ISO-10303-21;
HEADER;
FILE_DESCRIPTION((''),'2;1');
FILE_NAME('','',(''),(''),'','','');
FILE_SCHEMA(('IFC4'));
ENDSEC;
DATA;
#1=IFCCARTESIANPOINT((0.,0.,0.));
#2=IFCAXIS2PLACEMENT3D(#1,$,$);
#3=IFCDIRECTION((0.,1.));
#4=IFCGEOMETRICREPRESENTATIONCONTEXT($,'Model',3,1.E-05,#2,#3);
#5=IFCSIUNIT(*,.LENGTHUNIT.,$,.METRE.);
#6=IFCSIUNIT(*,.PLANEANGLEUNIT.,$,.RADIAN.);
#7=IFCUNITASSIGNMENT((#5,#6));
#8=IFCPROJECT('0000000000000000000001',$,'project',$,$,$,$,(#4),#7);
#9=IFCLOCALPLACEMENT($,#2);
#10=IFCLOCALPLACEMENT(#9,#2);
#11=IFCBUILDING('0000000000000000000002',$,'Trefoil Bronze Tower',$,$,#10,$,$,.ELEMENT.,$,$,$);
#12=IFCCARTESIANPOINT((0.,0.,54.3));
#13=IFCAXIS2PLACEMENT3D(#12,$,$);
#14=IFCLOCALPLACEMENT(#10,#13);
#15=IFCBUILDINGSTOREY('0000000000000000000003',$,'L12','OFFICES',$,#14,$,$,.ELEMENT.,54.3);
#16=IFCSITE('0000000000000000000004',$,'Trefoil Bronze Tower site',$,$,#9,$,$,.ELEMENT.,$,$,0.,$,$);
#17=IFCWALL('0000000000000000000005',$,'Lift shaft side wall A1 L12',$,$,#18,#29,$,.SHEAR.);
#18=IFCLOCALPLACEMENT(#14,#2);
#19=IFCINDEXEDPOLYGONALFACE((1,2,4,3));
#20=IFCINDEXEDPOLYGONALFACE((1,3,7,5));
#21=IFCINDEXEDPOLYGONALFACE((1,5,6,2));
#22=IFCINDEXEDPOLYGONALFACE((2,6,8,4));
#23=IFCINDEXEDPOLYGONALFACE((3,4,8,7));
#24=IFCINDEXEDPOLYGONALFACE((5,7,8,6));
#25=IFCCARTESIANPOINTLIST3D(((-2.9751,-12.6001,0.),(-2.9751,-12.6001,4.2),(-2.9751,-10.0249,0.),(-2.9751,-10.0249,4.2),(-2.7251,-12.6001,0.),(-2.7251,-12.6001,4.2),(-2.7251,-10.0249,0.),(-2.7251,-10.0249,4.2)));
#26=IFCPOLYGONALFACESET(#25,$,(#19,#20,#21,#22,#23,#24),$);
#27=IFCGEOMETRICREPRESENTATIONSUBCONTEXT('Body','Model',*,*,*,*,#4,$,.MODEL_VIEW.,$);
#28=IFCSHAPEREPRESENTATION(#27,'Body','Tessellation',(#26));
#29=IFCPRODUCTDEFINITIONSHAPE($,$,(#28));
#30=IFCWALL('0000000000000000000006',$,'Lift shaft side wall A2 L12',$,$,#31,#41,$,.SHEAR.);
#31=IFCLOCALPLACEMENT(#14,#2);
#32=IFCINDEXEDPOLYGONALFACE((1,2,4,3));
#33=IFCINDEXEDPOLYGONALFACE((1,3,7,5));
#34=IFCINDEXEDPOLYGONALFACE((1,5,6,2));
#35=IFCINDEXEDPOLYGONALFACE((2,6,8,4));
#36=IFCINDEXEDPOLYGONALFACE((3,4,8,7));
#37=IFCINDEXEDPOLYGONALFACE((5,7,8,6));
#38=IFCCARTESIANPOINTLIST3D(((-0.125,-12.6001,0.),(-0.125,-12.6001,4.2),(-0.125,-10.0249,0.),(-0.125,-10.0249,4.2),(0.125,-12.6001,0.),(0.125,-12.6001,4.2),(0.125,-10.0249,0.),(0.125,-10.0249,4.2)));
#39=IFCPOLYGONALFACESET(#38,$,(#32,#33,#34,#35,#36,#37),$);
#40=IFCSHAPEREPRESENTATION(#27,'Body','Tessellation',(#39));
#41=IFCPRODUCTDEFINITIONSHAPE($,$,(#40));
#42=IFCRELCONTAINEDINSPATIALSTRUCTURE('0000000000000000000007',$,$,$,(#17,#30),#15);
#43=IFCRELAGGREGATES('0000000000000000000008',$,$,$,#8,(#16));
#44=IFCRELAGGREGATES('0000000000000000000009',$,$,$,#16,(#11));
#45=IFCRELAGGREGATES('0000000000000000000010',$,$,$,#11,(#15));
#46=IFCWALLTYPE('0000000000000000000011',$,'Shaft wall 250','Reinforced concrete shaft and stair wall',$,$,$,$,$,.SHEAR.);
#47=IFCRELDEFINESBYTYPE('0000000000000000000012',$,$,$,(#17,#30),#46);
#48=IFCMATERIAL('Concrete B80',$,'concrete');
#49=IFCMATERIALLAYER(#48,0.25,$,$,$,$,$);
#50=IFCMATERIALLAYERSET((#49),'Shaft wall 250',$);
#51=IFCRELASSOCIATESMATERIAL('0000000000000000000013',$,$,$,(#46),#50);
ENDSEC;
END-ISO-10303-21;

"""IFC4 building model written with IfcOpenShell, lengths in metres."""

from ifc_helpers import new_model, si_unit, direction, frame, frame_2d, origin, place, context, subcontext, project, spatial, rectangle, extrude, material, layer, layer_set, type_object, element, save


model = new_model("IFC4")

# Units and contexts
model_context = context("Model", 3, precision=1e-05, world=origin(), true_north=direction((0.0, 1.0)))
body_context = subcontext(model_context, "Body", "Model", "MODEL_VIEW")
ifc_project = project(units=[si_unit("LENGTHUNIT", "METRE"), si_unit("PLANEANGLEUNIT", "RADIAN")], contexts=[model_context])

# Site, building, storey
site_placement = place(None, origin())
site = spatial("IfcSite", under=ifc_project, at=site_placement, Name="Trefoil Bronze Tower site", CompositionType="ELEMENT", RefElevation=0.0)
building_placement = place(site_placement, origin())
building = spatial("IfcBuilding", under=site, at=building_placement, Name="Trefoil Bronze Tower", CompositionType="ELEMENT")
storey_placement = place(building_placement, frame((0.0, 0.0, 54.3)))
storey = spatial("IfcBuildingStorey", under=building, at=storey_placement, Name="L12", Description="OFFICES", CompositionType="ELEMENT", Elevation=54.3)

# Shared definitions
ifc_material_1 = material(Name="Concrete B80", Category="concrete")
ifc_layer_1 = layer(ifc_material_1, 0.25)
ifc_layer_set_1 = layer_set([ifc_layer_1], Name="Shaft wall 250")
wall_type_1 = type_object("IfcWallType", Name="Shaft wall 250", Description="Reinforced concrete shaft and stair wall", PredefinedType="SHEAR", material=ifc_layer_set_1)

# Walls
for number, where, z_axis, x_axis, name in (
    (1, (-2.8501, -10.0249, 0.0), (0.0, 0.0, 1.0), (0.0, -1.0, 0.0), "Lift shaft side wall A1 L12"),
    (2, (0.0, -10.0249, 0.0), (0.0, 0.0, 1.0), (0.0, -1.0, 0.0), "Lift shaft side wall A2 L12"),
):
    element("IfcWall", number, at=place(storey_placement, frame(where, z_axis=z_axis, x_axis=x_axis)), inside=storey, type_object=wall_type_1, Name=name, PredefinedType="SHEAR", context=body_context, shape_type="SweptSolid", body=[
        extrude(rectangle(XDim=2.5752, YDim=0.25, at=frame_2d((1.2876, 0.0))), origin(), (0.0, 0.0, 1.0), 4.2),
    ])

save(model, "model.ifc")
